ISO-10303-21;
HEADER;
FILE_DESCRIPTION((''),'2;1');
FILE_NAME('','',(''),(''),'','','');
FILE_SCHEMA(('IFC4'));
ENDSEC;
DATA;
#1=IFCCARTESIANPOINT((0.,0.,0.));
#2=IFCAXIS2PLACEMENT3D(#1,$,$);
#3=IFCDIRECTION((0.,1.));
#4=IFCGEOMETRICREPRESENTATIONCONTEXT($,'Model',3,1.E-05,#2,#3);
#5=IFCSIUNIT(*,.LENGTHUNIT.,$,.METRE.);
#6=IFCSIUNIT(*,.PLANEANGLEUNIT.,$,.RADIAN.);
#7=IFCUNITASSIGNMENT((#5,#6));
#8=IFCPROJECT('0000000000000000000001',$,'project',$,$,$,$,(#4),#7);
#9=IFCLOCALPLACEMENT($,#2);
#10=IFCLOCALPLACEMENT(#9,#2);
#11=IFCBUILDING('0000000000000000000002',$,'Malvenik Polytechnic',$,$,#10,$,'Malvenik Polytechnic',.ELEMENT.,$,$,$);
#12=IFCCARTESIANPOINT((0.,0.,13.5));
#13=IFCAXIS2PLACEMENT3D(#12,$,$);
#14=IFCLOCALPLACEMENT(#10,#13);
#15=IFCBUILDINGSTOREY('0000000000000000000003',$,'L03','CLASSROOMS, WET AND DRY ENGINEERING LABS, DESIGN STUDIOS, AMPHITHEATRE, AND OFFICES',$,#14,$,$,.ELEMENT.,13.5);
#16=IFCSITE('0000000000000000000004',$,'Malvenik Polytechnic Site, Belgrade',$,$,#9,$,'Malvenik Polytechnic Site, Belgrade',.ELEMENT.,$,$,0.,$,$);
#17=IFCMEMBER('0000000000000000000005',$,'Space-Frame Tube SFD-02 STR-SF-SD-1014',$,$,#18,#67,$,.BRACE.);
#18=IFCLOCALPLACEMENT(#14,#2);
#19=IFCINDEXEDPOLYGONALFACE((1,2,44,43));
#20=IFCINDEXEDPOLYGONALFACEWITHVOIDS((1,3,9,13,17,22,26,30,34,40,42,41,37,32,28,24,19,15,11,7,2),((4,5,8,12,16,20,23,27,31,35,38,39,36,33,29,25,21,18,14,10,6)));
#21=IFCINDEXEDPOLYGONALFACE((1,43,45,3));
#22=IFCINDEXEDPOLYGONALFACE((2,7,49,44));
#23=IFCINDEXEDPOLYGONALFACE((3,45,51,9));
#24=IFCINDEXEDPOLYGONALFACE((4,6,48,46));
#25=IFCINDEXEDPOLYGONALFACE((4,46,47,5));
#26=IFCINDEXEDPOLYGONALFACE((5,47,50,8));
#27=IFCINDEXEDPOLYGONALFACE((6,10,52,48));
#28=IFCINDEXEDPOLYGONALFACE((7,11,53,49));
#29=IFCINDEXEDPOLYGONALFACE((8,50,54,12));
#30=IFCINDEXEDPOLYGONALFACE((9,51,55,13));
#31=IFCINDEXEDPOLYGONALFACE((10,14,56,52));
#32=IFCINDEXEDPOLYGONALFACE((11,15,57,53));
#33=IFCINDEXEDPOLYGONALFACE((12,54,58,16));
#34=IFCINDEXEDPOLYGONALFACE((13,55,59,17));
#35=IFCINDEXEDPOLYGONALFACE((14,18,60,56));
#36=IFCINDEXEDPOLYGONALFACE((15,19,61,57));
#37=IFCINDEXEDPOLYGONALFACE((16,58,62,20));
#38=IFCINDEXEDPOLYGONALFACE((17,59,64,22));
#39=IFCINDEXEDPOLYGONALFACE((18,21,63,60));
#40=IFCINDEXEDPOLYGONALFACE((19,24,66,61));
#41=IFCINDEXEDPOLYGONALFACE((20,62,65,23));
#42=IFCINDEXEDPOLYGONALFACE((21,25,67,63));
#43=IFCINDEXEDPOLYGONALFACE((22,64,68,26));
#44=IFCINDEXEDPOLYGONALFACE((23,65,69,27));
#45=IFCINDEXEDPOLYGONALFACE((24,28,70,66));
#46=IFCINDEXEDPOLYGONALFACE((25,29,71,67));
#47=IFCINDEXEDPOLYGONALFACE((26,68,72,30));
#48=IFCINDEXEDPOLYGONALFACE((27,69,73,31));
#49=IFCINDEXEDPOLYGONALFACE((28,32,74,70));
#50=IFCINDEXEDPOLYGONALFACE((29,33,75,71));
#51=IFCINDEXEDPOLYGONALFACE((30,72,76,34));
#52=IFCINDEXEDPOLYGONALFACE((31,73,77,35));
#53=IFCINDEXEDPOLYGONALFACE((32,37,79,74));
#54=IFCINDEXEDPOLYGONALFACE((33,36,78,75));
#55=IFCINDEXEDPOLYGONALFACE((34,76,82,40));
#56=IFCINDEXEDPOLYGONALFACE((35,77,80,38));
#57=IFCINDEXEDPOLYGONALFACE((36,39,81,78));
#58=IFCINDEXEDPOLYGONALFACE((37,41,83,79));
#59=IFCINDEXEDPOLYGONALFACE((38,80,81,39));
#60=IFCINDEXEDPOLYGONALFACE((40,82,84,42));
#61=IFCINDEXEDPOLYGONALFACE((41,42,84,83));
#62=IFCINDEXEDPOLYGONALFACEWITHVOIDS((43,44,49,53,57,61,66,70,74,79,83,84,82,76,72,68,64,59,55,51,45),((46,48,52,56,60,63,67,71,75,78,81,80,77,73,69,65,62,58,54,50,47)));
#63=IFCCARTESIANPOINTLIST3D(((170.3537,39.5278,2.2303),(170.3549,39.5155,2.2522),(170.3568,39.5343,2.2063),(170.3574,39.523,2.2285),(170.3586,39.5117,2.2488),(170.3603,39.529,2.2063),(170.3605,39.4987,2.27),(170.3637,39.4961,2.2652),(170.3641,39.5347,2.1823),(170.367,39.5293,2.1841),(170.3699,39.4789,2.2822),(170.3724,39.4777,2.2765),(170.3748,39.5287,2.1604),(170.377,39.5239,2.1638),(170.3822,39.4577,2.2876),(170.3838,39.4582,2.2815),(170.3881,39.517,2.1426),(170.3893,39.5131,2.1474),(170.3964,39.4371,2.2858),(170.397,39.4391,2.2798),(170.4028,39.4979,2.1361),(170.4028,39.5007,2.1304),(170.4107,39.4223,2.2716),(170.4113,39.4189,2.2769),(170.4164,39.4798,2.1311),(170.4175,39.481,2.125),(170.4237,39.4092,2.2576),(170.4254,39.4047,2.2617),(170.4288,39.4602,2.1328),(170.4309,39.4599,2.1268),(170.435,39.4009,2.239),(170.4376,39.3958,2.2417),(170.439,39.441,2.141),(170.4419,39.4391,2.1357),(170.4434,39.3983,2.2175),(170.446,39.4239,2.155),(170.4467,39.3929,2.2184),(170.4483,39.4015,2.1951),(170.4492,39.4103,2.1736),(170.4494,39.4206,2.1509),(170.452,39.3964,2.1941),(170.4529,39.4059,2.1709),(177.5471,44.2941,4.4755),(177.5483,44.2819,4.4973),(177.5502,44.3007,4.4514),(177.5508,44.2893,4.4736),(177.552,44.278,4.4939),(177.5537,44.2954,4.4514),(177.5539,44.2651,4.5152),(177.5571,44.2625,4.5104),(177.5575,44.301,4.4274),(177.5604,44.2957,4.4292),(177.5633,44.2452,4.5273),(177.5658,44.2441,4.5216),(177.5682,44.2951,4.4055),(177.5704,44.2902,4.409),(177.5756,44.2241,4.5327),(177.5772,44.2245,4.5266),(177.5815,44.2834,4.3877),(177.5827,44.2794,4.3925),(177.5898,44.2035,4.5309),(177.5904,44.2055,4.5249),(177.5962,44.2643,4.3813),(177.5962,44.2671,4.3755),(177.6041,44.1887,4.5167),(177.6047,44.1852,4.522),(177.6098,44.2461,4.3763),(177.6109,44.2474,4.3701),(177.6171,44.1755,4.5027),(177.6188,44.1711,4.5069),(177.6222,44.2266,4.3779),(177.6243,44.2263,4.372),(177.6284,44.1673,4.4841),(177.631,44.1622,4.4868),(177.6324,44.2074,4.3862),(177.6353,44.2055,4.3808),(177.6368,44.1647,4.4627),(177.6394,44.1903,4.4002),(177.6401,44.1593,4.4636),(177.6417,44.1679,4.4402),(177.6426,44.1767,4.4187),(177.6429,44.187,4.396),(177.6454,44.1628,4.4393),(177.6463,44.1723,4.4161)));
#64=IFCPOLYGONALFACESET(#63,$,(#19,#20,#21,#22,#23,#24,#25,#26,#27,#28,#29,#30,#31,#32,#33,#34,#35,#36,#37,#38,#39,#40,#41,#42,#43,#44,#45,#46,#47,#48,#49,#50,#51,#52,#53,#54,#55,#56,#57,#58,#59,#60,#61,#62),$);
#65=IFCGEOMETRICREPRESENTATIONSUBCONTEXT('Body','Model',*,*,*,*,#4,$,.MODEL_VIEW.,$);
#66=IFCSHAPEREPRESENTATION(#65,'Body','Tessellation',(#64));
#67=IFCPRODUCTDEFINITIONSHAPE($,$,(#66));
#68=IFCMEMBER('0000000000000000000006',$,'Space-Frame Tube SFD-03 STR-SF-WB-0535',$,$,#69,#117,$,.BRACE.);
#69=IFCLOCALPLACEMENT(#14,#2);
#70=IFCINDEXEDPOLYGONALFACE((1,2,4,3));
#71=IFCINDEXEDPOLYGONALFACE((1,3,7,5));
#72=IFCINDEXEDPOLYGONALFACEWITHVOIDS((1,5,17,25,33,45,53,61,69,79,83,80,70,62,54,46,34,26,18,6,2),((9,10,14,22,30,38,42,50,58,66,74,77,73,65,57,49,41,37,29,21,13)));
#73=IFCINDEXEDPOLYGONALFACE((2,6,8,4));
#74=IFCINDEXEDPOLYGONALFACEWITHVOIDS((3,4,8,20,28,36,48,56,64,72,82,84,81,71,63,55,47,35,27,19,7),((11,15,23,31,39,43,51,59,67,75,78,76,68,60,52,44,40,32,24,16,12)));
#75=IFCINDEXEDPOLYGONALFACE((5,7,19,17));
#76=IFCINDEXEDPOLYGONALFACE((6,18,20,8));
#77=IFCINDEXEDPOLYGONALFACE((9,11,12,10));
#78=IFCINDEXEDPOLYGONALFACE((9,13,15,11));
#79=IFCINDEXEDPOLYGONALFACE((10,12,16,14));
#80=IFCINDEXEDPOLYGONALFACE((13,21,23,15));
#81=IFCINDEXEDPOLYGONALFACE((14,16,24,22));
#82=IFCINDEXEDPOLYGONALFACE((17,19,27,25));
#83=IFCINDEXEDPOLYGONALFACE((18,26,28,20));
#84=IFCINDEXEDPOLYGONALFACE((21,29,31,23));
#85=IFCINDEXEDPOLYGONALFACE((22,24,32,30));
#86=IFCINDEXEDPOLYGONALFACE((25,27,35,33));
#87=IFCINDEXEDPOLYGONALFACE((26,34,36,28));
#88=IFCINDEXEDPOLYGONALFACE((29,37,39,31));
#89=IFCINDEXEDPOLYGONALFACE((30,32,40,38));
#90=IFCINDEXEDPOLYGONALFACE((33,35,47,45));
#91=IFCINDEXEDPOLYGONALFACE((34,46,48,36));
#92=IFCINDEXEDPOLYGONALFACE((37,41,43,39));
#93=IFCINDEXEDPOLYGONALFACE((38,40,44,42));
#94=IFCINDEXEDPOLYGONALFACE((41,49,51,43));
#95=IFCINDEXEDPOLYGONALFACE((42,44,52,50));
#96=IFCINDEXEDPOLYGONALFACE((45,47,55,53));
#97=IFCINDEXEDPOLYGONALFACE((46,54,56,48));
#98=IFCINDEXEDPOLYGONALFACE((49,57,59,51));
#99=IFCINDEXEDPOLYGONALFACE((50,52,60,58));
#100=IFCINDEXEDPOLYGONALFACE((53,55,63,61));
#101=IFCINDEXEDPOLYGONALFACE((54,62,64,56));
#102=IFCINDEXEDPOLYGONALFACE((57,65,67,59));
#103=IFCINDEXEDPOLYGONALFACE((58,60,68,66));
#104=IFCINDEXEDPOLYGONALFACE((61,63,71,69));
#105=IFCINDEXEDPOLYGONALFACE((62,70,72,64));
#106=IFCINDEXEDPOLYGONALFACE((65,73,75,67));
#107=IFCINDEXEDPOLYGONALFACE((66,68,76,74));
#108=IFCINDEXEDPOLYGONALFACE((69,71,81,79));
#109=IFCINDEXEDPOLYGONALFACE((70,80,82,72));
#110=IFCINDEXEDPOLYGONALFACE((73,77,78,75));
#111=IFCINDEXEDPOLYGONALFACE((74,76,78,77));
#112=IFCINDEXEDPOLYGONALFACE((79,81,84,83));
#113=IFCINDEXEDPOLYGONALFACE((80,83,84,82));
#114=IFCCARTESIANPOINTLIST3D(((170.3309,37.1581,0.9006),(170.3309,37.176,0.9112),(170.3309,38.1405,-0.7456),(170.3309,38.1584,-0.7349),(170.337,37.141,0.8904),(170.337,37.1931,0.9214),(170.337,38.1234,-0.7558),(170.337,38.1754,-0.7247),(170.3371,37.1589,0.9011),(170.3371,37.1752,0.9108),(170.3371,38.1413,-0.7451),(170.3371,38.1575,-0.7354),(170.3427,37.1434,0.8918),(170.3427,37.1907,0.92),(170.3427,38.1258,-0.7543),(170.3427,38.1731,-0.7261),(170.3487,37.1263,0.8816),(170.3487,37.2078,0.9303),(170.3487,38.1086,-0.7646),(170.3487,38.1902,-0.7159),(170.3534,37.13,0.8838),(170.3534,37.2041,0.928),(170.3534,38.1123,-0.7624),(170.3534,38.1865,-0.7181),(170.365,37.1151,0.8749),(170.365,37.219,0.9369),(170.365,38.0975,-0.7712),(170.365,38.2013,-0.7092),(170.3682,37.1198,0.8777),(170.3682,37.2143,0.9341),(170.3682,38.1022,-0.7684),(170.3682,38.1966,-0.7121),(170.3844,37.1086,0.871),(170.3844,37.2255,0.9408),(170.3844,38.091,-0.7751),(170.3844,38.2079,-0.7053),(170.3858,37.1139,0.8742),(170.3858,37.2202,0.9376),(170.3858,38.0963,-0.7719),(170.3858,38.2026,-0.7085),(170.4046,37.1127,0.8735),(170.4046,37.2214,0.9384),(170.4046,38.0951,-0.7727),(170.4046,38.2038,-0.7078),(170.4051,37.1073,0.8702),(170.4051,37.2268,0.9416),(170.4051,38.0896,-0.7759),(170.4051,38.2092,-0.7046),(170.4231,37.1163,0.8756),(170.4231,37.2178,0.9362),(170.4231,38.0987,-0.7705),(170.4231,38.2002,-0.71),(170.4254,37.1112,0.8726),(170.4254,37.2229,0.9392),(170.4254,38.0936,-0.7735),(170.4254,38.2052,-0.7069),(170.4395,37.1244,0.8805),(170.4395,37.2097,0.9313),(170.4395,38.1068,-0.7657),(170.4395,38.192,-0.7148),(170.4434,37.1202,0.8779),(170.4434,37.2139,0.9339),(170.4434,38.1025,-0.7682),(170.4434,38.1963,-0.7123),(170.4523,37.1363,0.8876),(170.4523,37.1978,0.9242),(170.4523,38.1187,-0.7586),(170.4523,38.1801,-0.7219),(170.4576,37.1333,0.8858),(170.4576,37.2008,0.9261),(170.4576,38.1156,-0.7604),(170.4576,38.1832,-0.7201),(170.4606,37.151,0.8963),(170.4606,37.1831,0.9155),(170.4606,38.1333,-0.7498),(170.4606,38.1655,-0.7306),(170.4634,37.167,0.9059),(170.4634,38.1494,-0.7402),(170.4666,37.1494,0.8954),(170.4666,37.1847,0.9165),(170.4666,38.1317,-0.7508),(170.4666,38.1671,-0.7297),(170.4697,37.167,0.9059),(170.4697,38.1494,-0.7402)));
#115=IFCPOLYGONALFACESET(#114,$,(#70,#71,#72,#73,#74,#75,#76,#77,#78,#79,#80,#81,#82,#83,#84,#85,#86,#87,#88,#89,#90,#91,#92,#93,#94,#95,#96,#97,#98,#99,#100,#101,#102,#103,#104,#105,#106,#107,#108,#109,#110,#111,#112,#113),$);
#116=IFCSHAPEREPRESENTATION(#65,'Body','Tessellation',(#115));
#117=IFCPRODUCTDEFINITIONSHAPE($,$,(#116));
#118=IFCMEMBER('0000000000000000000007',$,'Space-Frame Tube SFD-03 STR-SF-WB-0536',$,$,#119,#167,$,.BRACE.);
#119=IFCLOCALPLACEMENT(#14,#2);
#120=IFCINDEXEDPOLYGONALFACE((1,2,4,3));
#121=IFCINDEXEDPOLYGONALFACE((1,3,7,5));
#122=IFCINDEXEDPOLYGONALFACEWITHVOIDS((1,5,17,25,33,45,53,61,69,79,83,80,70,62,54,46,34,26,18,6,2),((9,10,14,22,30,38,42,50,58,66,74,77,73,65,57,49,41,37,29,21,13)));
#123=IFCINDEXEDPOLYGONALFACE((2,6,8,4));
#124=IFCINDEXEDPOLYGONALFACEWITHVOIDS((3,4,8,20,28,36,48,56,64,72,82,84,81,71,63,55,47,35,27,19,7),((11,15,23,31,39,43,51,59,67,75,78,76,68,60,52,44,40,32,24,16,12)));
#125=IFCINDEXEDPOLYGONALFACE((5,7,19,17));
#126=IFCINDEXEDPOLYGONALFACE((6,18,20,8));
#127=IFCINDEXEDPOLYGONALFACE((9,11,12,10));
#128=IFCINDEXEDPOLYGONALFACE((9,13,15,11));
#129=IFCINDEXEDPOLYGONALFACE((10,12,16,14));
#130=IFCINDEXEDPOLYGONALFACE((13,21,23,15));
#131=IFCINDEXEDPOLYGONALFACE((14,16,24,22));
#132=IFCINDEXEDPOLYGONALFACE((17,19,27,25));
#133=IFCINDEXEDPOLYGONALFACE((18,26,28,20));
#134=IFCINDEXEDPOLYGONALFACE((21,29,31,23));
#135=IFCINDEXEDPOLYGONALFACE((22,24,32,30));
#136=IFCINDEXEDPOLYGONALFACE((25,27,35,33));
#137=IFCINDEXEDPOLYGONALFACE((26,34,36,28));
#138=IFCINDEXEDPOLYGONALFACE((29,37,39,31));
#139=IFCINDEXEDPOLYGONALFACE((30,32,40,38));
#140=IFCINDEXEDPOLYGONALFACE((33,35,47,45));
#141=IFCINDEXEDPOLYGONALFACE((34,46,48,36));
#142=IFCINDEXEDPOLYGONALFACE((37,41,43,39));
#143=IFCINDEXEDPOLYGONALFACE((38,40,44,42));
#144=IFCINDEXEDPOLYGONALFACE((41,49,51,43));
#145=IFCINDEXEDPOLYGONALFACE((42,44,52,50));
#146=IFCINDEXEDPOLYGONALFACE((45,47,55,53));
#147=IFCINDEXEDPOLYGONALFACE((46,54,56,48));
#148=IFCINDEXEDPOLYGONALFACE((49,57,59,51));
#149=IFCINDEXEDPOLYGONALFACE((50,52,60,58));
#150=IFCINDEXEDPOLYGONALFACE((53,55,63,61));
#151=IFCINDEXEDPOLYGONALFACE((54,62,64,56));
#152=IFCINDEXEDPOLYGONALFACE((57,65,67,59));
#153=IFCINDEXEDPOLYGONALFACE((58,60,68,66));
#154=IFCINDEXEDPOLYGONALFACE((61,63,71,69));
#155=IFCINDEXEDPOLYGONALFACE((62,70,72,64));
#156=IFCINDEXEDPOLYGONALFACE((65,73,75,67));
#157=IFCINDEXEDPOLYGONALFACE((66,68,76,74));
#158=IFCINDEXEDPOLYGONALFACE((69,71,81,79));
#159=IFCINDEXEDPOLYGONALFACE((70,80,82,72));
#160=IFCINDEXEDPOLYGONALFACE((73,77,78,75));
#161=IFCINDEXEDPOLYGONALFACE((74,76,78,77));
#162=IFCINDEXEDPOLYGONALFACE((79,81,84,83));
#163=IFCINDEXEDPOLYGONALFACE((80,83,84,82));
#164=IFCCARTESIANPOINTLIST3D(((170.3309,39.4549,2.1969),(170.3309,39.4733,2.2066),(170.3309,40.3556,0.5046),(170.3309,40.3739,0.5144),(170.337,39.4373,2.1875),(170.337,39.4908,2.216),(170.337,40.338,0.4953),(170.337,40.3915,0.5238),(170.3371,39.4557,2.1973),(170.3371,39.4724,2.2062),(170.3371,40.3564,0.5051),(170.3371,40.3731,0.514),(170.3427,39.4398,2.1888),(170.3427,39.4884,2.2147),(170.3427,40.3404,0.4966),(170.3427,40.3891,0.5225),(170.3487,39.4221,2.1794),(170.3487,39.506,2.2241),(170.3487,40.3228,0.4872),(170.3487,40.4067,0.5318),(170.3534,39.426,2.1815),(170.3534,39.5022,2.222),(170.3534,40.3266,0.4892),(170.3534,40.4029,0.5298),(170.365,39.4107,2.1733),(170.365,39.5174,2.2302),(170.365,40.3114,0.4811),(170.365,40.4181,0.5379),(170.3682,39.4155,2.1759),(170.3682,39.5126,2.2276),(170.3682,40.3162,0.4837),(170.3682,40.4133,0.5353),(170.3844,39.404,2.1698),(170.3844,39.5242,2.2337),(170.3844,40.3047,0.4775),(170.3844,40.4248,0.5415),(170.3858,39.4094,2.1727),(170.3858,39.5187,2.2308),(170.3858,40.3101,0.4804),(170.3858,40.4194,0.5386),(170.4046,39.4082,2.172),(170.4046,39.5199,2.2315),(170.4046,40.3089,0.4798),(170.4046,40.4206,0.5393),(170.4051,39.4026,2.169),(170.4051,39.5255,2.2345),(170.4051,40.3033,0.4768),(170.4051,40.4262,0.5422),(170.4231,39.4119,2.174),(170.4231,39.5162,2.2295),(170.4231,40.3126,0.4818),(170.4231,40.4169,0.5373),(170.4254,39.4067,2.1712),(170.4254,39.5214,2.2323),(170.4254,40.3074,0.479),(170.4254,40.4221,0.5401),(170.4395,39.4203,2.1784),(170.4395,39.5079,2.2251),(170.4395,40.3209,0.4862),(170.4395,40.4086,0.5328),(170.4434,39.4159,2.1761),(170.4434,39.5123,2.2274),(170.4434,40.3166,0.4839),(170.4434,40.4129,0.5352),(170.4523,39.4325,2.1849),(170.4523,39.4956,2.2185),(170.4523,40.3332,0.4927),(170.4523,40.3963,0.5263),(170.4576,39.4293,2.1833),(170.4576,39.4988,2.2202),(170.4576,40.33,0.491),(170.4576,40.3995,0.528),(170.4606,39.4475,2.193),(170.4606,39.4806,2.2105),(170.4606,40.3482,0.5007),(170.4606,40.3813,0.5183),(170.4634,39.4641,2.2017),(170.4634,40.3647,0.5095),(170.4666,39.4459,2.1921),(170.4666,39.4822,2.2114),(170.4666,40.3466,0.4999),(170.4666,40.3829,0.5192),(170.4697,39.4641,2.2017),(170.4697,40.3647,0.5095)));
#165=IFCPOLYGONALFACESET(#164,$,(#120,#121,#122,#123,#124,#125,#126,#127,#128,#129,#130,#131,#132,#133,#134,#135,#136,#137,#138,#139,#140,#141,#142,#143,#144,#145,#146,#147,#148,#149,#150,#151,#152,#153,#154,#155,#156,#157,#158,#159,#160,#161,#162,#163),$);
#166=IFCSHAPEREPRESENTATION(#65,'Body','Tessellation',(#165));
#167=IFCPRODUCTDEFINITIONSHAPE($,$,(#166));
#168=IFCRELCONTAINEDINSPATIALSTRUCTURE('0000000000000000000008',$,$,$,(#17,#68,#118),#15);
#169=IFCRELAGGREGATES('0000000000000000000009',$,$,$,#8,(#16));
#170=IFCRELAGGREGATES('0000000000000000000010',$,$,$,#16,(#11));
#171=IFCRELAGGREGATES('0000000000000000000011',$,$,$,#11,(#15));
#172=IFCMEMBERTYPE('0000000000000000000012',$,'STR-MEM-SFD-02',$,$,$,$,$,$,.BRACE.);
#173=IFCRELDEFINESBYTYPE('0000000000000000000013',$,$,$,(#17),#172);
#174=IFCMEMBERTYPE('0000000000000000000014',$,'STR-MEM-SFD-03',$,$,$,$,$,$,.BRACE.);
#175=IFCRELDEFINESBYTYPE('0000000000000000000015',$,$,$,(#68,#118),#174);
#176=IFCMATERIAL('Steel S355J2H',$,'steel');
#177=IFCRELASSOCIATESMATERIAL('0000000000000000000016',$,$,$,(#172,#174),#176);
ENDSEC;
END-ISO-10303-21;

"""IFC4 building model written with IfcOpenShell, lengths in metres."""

from ifc_helpers import new_model, si_unit, direction, frame, origin, origin_2d, place, context, subcontext, project, spatial, hollow_circle, extrude, material, material_profile, profile_set, type_object, element, save


model = new_model("IFC4")

# Units and contexts
model_context = context("Model", 3, precision=1e-05, world=origin(), true_north=direction((0.0, 1.0)))
body_context = subcontext(model_context, "Body", "Model", "MODEL_VIEW")
ifc_project = project(units=[si_unit("LENGTHUNIT", "METRE"), si_unit("PLANEANGLEUNIT", "RADIAN")], contexts=[model_context])

# Site, building, storey
site_placement = place(None, origin())
site = spatial("IfcSite", under=ifc_project, at=site_placement, Name="Malvenik Polytechnic Site, Belgrade", LongName="Malvenik Polytechnic Site, Belgrade", CompositionType="ELEMENT", RefElevation=0.0)
building_placement = place(site_placement, origin())
building = spatial("IfcBuilding", under=site, at=building_placement, Name="Malvenik Polytechnic", LongName="Malvenik Polytechnic", CompositionType="ELEMENT")
storey_placement = place(building_placement, frame((0.0, 0.0, 13.5)))
storey = spatial("IfcBuildingStorey", under=building, at=storey_placement, Name="L03", Description="CLASSROOMS, WET AND DRY ENGINEERING LABS, DESIGN STUDIOS, AMPHITHEATRE, AND OFFICES", CompositionType="ELEMENT", Elevation=13.5)

# Members
ifc_material_1 = material(Name="Steel S355J2H", Category="steel")
ifc_material_profile_1 = material_profile(ifc_material_1, hollow_circle(Radius=0.0842, WallThickness=0.0063, at=origin_2d()), Name="CHS 168.3x6.3")
ifc_profile_set_1 = profile_set([ifc_material_profile_1], Name="Steel S355J2H")
member_type_1 = type_object("IfcMemberType", Name="STR-MEM-SFD-02", PredefinedType="BRACE", material=ifc_profile_set_1)
for number, where, z_axis, x_axis, name in (
    (1, (170.4033, 39.4641, 2.2063), (0.806751, 0.534558, 0.251795), (-0.552354, 0.83361, 0.0), "Space-Frame Tube SFD-02 STR-SF-SD-1014"),
):
    element("IfcMember", number, at=place(storey_placement, frame(where, z_axis=z_axis, x_axis=x_axis)), inside=storey, type_object=member_type_1, Name=name, PredefinedType="BRACE", context=body_context, shape_type="SweptSolid", body=[
        extrude(hollow_circle(Radius=0.0842, WallThickness=0.0063, at=origin_2d()), origin(), (0.0, 0.0, 1.0), 8.9165),
    ])
ifc_material_profile_2 = material_profile(ifc_material_1, hollow_circle(Radius=0.0698, WallThickness=0.0063, at=origin_2d()), Name="CHS 139.7x6.3")
ifc_profile_set_2 = profile_set([ifc_material_profile_2], Name="Steel S355J2H")
member_type_2 = type_object("IfcMemberType", Name="STR-MEM-SFD-03", PredefinedType="BRACE", material=ifc_profile_set_2)
for number, where, z_axis, x_axis, name in (
    (2, (170.3999, 38.1494, -0.7402), (0.0, -0.512453, 0.858715), (1.0, 0.0, 0.0), "Space-Frame Tube SFD-03 STR-SF-WB-0535"),
    (3, (170.3999, 40.3647, 0.5095), (0.0, -0.469841, 0.882751), (1.0, 0.0, 0.0), "Space-Frame Tube SFD-03 STR-SF-WB-0536"),
):
    element("IfcMember", number, at=place(storey_placement, frame(where, z_axis=z_axis, x_axis=x_axis)), inside=storey, type_object=member_type_2, Name=name, PredefinedType="BRACE", context=body_context, shape_type="SweptSolid", body=[
        extrude(hollow_circle(Radius=0.0698, WallThickness=0.0063, at=origin_2d()), origin(), (0.0, 0.0, 1.0), 1.917),
    ])

save(model, "model.ifc")
